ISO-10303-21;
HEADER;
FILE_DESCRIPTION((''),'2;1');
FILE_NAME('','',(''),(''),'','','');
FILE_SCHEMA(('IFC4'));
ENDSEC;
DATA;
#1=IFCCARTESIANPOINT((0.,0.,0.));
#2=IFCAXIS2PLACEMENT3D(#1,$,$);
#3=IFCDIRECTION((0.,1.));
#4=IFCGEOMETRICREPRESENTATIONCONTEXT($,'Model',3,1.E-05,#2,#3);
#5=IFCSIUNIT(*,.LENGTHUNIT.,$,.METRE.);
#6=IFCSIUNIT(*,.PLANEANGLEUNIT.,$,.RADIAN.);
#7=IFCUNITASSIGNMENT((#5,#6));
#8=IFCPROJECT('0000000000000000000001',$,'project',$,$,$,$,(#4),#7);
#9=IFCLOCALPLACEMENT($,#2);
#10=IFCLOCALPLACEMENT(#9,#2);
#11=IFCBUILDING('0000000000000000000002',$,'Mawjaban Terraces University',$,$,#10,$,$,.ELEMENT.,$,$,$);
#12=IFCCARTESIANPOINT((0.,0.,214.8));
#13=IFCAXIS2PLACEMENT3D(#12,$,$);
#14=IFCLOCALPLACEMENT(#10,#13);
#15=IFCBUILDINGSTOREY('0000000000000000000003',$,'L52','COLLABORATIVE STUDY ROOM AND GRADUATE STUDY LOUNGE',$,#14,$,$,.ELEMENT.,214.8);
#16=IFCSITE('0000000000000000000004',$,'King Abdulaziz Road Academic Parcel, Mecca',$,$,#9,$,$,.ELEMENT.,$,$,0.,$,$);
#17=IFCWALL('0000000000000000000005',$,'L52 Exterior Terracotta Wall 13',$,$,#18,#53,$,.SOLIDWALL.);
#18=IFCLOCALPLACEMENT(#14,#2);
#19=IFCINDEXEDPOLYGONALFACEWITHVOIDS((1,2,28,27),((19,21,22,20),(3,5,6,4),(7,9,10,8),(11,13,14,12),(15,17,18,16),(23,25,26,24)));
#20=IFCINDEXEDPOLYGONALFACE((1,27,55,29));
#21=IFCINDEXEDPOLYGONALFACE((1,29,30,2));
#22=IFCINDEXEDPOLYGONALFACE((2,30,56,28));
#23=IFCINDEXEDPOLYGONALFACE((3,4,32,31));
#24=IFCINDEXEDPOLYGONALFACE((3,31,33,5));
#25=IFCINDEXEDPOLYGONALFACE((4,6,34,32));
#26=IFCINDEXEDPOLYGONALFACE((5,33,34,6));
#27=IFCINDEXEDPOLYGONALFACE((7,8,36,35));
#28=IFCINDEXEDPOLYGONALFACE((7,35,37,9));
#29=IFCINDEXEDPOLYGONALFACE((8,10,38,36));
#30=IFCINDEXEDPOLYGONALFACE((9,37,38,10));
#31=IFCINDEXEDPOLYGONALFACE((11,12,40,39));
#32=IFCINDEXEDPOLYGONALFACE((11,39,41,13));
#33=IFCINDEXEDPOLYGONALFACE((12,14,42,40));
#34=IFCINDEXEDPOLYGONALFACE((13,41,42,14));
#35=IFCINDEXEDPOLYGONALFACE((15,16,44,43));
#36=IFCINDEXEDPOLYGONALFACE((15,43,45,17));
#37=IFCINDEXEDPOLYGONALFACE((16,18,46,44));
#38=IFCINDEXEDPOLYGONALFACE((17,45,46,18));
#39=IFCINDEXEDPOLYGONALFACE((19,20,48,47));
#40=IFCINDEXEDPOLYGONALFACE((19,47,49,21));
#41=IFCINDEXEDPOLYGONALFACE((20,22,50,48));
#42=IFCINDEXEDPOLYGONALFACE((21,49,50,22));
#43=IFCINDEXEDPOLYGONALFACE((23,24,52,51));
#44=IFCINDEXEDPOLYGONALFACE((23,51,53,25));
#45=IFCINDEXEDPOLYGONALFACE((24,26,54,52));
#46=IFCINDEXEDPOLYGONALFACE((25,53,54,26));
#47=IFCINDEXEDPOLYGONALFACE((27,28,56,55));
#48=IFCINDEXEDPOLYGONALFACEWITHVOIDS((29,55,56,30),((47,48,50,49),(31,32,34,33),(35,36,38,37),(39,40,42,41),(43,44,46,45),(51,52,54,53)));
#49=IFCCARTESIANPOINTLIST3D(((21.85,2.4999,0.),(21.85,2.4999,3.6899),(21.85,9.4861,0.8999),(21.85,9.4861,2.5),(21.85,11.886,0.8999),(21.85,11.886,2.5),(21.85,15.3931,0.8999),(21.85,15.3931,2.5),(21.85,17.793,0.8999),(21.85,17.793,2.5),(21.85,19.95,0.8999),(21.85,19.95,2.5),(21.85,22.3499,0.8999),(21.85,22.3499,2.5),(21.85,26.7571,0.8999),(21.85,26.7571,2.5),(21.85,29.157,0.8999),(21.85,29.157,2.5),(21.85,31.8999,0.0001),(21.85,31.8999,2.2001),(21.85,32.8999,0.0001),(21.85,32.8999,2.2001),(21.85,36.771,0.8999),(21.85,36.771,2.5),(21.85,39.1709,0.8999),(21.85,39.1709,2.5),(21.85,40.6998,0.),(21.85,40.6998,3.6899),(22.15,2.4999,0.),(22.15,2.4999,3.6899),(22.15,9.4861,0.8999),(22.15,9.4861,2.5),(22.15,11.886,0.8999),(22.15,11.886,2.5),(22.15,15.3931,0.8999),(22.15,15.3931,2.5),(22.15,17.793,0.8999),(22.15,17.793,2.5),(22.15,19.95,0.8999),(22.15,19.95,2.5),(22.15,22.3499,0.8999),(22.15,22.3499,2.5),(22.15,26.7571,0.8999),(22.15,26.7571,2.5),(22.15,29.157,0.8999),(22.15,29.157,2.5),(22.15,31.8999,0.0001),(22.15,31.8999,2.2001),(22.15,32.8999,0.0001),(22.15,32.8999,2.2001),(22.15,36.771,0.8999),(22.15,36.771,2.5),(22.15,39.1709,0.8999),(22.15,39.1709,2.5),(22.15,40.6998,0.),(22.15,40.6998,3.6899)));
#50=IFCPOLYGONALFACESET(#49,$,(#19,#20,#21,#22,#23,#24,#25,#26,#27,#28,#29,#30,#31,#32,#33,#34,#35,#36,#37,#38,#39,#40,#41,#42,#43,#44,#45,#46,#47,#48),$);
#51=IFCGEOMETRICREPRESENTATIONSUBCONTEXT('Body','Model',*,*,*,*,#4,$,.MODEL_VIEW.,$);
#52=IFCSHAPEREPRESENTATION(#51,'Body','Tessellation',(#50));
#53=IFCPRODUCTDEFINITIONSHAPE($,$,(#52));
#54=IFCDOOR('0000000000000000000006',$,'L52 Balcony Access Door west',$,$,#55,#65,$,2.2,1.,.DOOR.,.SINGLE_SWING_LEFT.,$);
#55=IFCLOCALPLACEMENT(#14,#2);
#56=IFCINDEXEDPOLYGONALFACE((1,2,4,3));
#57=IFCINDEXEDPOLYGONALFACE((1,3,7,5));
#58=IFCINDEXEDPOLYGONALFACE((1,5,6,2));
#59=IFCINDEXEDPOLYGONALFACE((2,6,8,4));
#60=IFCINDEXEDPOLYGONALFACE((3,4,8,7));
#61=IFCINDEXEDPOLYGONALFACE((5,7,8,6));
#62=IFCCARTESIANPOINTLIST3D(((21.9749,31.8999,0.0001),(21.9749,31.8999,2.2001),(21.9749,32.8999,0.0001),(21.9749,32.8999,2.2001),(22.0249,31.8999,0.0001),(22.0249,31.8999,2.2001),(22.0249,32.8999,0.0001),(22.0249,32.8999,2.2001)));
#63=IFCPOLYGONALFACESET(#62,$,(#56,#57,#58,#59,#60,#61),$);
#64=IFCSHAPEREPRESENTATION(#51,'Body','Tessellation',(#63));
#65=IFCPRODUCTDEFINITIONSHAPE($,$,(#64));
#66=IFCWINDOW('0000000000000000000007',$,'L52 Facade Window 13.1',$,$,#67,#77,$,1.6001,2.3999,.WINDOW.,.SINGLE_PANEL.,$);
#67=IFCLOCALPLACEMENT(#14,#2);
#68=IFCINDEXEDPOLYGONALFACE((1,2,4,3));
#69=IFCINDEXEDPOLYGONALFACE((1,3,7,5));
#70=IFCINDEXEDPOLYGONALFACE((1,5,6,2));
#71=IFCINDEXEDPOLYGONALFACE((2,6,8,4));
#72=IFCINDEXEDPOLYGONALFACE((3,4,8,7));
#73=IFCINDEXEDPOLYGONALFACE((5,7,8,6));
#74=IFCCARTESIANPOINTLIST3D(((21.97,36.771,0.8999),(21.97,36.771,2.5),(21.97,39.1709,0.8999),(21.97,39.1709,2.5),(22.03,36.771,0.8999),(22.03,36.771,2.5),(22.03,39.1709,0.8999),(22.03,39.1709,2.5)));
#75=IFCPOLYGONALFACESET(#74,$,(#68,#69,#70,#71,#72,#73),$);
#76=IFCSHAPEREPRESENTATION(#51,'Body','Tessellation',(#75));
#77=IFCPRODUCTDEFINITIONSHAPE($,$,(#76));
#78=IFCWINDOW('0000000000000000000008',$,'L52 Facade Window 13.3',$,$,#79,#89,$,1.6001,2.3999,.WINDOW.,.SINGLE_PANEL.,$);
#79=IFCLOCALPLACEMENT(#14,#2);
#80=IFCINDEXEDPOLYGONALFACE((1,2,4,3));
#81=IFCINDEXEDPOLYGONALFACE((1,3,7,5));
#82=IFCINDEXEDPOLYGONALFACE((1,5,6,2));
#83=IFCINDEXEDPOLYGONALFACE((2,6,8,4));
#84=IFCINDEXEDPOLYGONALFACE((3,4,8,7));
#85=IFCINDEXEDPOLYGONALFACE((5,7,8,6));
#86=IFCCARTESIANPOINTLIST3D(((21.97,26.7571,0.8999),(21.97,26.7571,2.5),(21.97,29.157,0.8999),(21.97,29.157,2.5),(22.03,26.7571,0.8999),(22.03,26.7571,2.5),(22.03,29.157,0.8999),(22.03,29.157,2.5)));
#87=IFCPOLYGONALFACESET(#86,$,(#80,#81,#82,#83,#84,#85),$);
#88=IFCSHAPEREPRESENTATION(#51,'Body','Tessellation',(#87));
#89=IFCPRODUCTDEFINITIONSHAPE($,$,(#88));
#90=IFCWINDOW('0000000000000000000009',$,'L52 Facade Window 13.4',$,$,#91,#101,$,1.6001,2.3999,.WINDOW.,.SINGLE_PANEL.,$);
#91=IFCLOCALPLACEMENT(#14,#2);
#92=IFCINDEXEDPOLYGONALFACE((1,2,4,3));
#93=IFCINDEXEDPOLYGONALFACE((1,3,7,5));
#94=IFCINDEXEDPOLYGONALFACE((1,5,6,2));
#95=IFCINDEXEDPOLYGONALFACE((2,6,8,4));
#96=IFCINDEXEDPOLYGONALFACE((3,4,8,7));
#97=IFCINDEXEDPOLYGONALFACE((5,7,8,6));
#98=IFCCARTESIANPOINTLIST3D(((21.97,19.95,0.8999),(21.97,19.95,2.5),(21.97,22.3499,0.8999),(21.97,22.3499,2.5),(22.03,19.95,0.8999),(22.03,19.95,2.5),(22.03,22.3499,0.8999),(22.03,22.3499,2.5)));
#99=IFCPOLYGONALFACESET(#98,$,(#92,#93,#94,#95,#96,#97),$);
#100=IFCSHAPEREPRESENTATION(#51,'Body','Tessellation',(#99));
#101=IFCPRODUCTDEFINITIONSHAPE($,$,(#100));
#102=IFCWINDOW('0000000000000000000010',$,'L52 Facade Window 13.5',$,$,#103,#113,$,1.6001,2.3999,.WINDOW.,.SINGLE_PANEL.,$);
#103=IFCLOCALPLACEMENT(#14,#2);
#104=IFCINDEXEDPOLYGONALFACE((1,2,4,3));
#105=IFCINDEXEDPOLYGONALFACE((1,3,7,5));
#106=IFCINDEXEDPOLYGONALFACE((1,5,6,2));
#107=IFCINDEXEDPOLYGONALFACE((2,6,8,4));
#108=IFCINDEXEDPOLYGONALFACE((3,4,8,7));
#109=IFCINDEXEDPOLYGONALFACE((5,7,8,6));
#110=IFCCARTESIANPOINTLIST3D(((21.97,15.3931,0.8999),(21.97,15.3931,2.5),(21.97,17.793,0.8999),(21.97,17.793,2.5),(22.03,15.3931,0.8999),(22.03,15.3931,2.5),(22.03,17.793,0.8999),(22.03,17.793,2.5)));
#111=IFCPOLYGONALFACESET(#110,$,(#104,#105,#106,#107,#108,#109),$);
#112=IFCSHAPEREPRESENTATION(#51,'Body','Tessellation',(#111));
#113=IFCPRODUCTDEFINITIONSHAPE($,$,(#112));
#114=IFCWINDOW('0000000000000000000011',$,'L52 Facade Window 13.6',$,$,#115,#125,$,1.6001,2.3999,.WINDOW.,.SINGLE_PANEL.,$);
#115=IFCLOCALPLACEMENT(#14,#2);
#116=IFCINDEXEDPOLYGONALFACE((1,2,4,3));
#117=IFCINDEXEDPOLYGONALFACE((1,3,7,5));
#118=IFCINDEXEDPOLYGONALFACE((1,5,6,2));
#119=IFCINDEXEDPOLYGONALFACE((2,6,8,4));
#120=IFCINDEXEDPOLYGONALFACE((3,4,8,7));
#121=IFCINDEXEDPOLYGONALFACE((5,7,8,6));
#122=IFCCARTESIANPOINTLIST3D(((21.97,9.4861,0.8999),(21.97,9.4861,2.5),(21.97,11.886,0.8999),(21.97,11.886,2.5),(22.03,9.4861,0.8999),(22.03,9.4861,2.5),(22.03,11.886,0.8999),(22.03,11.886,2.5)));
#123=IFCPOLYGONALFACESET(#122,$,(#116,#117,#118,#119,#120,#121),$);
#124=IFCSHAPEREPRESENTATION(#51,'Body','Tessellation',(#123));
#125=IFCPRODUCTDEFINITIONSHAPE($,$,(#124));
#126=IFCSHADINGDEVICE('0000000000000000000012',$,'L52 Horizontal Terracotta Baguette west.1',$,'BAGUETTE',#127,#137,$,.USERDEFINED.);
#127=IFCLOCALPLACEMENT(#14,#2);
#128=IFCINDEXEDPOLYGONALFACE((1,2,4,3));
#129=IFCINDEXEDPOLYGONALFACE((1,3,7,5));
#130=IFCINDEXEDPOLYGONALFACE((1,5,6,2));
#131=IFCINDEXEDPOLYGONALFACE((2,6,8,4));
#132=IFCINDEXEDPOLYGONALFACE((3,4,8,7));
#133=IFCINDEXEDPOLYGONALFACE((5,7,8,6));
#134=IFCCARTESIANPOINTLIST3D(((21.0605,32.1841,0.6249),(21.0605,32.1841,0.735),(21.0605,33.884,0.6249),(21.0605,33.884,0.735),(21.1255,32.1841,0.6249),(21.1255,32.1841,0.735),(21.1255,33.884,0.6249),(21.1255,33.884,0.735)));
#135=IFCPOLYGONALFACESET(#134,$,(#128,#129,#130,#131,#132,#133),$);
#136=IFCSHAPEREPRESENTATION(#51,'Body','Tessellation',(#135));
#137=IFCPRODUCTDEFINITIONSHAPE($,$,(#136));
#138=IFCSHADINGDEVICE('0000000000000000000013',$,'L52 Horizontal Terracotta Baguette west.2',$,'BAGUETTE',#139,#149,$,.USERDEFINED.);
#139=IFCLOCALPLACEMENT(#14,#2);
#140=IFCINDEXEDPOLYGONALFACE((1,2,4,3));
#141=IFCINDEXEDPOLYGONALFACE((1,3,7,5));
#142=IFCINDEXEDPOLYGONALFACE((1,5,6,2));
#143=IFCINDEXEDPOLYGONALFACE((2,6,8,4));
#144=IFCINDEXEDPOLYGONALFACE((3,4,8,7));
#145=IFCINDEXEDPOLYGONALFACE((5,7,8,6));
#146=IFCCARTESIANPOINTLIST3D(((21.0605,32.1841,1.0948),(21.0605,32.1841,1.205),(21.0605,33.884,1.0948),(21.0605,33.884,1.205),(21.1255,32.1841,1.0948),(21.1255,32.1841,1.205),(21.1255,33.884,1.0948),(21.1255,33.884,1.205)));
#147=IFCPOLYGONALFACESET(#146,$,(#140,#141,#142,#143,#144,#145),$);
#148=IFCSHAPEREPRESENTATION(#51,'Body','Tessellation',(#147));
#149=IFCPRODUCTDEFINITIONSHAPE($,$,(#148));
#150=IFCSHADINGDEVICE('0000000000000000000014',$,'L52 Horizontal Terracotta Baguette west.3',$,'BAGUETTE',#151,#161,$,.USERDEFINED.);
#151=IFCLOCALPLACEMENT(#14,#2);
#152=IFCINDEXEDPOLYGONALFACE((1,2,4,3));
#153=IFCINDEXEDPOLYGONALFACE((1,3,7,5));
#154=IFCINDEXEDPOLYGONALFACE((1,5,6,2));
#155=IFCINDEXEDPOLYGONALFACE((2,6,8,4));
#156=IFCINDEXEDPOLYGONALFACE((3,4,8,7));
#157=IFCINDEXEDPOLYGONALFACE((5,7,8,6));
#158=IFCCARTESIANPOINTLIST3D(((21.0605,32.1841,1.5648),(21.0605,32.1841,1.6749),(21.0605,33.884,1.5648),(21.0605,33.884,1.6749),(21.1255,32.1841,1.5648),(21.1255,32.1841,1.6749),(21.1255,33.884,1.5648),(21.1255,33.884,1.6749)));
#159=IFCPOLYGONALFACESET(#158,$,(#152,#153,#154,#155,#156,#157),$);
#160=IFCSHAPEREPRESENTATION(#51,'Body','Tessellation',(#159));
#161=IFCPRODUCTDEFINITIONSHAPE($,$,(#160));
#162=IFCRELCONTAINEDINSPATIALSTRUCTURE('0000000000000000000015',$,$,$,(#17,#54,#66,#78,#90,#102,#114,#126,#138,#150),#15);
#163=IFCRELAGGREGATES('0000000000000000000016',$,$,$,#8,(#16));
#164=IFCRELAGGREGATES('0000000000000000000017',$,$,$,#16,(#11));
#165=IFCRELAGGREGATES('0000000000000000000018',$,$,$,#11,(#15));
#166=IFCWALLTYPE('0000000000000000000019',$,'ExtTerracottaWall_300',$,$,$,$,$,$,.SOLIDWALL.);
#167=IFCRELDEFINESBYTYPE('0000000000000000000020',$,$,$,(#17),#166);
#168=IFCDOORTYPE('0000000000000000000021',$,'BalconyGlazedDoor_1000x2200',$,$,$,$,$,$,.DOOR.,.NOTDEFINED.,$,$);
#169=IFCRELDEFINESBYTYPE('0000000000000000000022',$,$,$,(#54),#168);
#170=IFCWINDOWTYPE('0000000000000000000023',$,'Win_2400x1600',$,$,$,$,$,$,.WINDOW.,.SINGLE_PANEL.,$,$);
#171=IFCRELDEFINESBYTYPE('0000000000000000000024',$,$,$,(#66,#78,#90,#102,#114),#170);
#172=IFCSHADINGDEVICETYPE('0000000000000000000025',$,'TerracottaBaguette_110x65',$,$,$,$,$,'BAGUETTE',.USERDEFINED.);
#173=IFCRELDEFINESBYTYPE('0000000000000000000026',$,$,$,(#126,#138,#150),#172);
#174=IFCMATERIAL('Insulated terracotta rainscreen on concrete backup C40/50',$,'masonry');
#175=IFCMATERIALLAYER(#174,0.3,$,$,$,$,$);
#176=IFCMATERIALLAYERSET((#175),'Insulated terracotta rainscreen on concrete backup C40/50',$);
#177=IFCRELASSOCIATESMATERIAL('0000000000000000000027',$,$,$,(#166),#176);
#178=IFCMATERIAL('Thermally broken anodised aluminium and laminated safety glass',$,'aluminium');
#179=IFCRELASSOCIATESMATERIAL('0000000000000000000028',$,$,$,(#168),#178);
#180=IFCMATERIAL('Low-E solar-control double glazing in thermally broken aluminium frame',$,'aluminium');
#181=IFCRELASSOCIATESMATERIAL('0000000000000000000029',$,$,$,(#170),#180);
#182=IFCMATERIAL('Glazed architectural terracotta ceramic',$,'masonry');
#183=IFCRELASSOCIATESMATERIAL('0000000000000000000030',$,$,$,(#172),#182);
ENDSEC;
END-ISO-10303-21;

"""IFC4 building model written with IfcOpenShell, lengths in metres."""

from ifc_helpers import new_model, si_unit, direction, frame, frame_2d, origin, origin_2d, place, context, subcontext, project, spatial, rectangle, extrude, material, layer, layer_set, material_profile, profile_set, type_object, element, fill, save


model = new_model("IFC4")

# Units and contexts
model_context = context("Model", 3, precision=1e-05, world=origin(), true_north=direction((0.0, 1.0)))
body_context = subcontext(model_context, "Body", "Model", "MODEL_VIEW")
ifc_project = project(units=[si_unit("LENGTHUNIT", "METRE"), si_unit("PLANEANGLEUNIT", "RADIAN")], contexts=[model_context])

# Site, building, storey
site_placement = place(None, origin())
site = spatial("IfcSite", under=ifc_project, at=site_placement, Name="King Abdulaziz Road Academic Parcel, Mecca", CompositionType="ELEMENT", RefElevation=0.0)
building_placement = place(site_placement, origin())
building = spatial("IfcBuilding", under=site, at=building_placement, Name="Mawjaban Terraces University", CompositionType="ELEMENT")
storey_placement = place(building_placement, frame((0.0, 0.0, 214.8)))
storey = spatial("IfcBuildingStorey", under=building, at=storey_placement, Name="L52", Description="COLLABORATIVE STUDY ROOM AND GRADUATE STUDY LOUNGE", CompositionType="ELEMENT", Elevation=214.8)

# Shared definitions
ifc_material_1 = material(Name="Insulated terracotta rainscreen on concrete backup C40/50", Category="masonry")
ifc_layer_1 = layer(ifc_material_1, 0.3)
ifc_layer_set_1 = layer_set([ifc_layer_1], Name="Insulated terracotta rainscreen on concrete backup C40/50")
wall_type_1 = type_object("IfcWallType", Name="ExtTerracottaWall_300", PredefinedType="SOLIDWALL", material=ifc_layer_set_1)

# Wall, openings, door, windows
wall_1_placement = place(storey_placement, frame((22.0, 40.7, 0.0), z_axis=(0.0, 0.0, 1.0), x_axis=(0.0, -1.0, 0.0)))
wall_1 = element("IfcWall", 1, at=wall_1_placement, inside=storey, type_object=wall_type_1, Name="L52 Exterior Terracotta Wall 13", PredefinedType="SOLIDWALL", context=body_context, shape_type="SweptSolid", body=[
    extrude(rectangle(XDim=38.2, YDim=0.3, at=frame_2d((19.1001, 0.0))), origin(), (0.0, 0.0, 1.0), 3.6899),
])
opening_1_placement = place(wall_1_placement, frame((7.8, 0.0, 0.0)))
opening_1 = element("IfcOpeningElement", 2, at=opening_1_placement, cuts=wall_1, PredefinedType="OPENING", context=body_context, shape_type="SweptSolid", body=[
    extrude(rectangle(XDim=1.0, YDim=2.2, at=frame_2d((0.5, 1.1001))), frame((0.0, 0.1599, 0.0), z_axis=(0.0, -1.0, 0.0), x_axis=(1.0, 0.0, 0.0)), (0.0, 0.0, 1.0), 0.3201),
])
opening_2_placement = place(wall_1_placement, frame((1.5291, 0.0, 0.8999)))
opening_2 = element("IfcOpeningElement", 3, at=opening_2_placement, cuts=wall_1, PredefinedType="OPENING", context=body_context, shape_type="SweptSolid", body=[
    extrude(rectangle(XDim=2.3999, YDim=1.6001, at=frame_2d((1.2, 0.8))), frame((0.0, 0.1599, 0.0), z_axis=(0.0, -1.0, 0.0), x_axis=(1.0, 0.0, 0.0)), (0.0, 0.0, 1.0), 0.3201),
])
opening_3_placement = place(wall_1_placement, frame((11.543, 0.0, 0.8999)))
opening_3 = element("IfcOpeningElement", 4, at=opening_3_placement, cuts=wall_1, PredefinedType="OPENING", context=body_context, shape_type="SweptSolid", body=[
    extrude(rectangle(XDim=2.3999, YDim=1.6001, at=frame_2d((1.2, 0.8))), frame((0.0, 0.1599, 0.0), z_axis=(0.0, -1.0, 0.0), x_axis=(1.0, 0.0, 0.0)), (0.0, 0.0, 1.0), 0.3201),
])
opening_4_placement = place(wall_1_placement, frame((18.3501, 0.0, 0.8999)))
opening_4 = element("IfcOpeningElement", 5, at=opening_4_placement, cuts=wall_1, PredefinedType="OPENING", context=body_context, shape_type="SweptSolid", body=[
    extrude(rectangle(XDim=2.3999, YDim=1.6001, at=frame_2d((1.2, 0.8))), frame((0.0, 0.1599, 0.0), z_axis=(0.0, -1.0, 0.0), x_axis=(1.0, 0.0, 0.0)), (0.0, 0.0, 1.0), 0.3201),
])
opening_5_placement = place(wall_1_placement, frame((22.907, 0.0, 0.8999)))
opening_5 = element("IfcOpeningElement", 6, at=opening_5_placement, cuts=wall_1, PredefinedType="OPENING", context=body_context, shape_type="SweptSolid", body=[
    extrude(rectangle(XDim=2.3999, YDim=1.6001, at=frame_2d((1.2, 0.8))), frame((0.0, 0.1599, 0.0), z_axis=(0.0, -1.0, 0.0), x_axis=(1.0, 0.0, 0.0)), (0.0, 0.0, 1.0), 0.3201),
])
opening_6_placement = place(wall_1_placement, frame((28.814, 0.0, 0.8999)))
opening_6 = element("IfcOpeningElement", 7, at=opening_6_placement, cuts=wall_1, PredefinedType="OPENING", context=body_context, shape_type="SweptSolid", body=[
    extrude(rectangle(XDim=2.3999, YDim=1.6001, at=frame_2d((1.2, 0.8))), frame((0.0, 0.1599, 0.0), z_axis=(0.0, -1.0, 0.0), x_axis=(1.0, 0.0, 0.0)), (0.0, 0.0, 1.0), 0.3201),
])
ifc_material_2 = material(Name="Thermally broken anodised aluminium and laminated safety glass", Category="aluminium")
door_type_1 = type_object("IfcDoorType", Name="BalconyGlazedDoor_1000x2200", OperationType="NOTDEFINED", PredefinedType="DOOR", material=ifc_material_2)
door_1_placement = place(opening_1_placement, origin())
door_1 = element("IfcDoor", 8, at=door_1_placement, inside=storey, type_object=door_type_1, Name="L52 Balcony Access Door west", OperationType="SINGLE_SWING_LEFT", OverallHeight=2.2, OverallWidth=1.0, PredefinedType="DOOR", context=body_context, shape_type="SweptSolid", body=[
    extrude(rectangle(XDim=1.0, YDim=2.2, at=frame_2d((0.5, 1.1001))), frame((0.0, 0.0249, 0.0), z_axis=(0.0, -1.0, 0.0), x_axis=(1.0, 0.0, 0.0)), (0.0, 0.0, 1.0), 0.05),
])
fill(opening_1, door_1)
ifc_material_3 = material(Name="Low-E solar-control double glazing in thermally broken aluminium frame", Category="aluminium")
window_type = type_object("IfcWindowType", Name="Win_2400x1600", PartitioningType="SINGLE_PANEL", PredefinedType="WINDOW", material=ifc_material_3)
window_1_placement = place(opening_2_placement, origin())
window_1 = element("IfcWindow", 9, at=window_1_placement, inside=storey, type_object=window_type, Name="L52 Facade Window 13.1", OverallHeight=1.6001, OverallWidth=2.3999, PartitioningType="SINGLE_PANEL", PredefinedType="WINDOW", context=body_context, shape_type="SweptSolid", body=[
    extrude(rectangle(XDim=2.3999, YDim=1.6001, at=frame_2d((1.2, 0.8))), frame((0.0, 0.03, 0.0), z_axis=(0.0, -1.0, 0.0), x_axis=(1.0, 0.0, 0.0)), (0.0, 0.0, 1.0), 0.0601),
])
fill(opening_2, window_1)
window_2_placement = place(opening_3_placement, origin())
window_2 = element("IfcWindow", 10, at=window_2_placement, inside=storey, type_object=window_type, Name="L52 Facade Window 13.3", OverallHeight=1.6001, OverallWidth=2.3999, PartitioningType="SINGLE_PANEL", PredefinedType="WINDOW", context=body_context, shape_type="SweptSolid", body=[
    extrude(rectangle(XDim=2.3999, YDim=1.6001, at=frame_2d((1.2, 0.8))), frame((0.0, 0.03, 0.0), z_axis=(0.0, -1.0, 0.0), x_axis=(1.0, 0.0, 0.0)), (0.0, 0.0, 1.0), 0.0601),
])
fill(opening_3, window_2)
window_3_placement = place(opening_4_placement, origin())
window_3 = element("IfcWindow", 11, at=window_3_placement, inside=storey, type_object=window_type, Name="L52 Facade Window 13.4", OverallHeight=1.6001, OverallWidth=2.3999, PartitioningType="SINGLE_PANEL", PredefinedType="WINDOW", context=body_context, shape_type="SweptSolid", body=[
    extrude(rectangle(XDim=2.3999, YDim=1.6001, at=frame_2d((1.2, 0.8))), frame((0.0, 0.03, 0.0), z_axis=(0.0, -1.0, 0.0), x_axis=(1.0, 0.0, 0.0)), (0.0, 0.0, 1.0), 0.0601),
])
fill(opening_4, window_3)
window_4_placement = place(opening_5_placement, origin())
window_4 = element("IfcWindow", 12, at=window_4_placement, inside=storey, type_object=window_type, Name="L52 Facade Window 13.5", OverallHeight=1.6001, OverallWidth=2.3999, PartitioningType="SINGLE_PANEL", PredefinedType="WINDOW", context=body_context, shape_type="SweptSolid", body=[
    extrude(rectangle(XDim=2.3999, YDim=1.6001, at=frame_2d((1.2, 0.8))), frame((0.0, 0.03, 0.0), z_axis=(0.0, -1.0, 0.0), x_axis=(1.0, 0.0, 0.0)), (0.0, 0.0, 1.0), 0.0601),
])
fill(opening_5, window_4)
window_5_placement = place(opening_6_placement, origin())
window_5 = element("IfcWindow", 13, at=window_5_placement, inside=storey, type_object=window_type, Name="L52 Facade Window 13.6", OverallHeight=1.6001, OverallWidth=2.3999, PartitioningType="SINGLE_PANEL", PredefinedType="WINDOW", context=body_context, shape_type="SweptSolid", body=[
    extrude(rectangle(XDim=2.3999, YDim=1.6001, at=frame_2d((1.2, 0.8))), frame((0.0, 0.03, 0.0), z_axis=(0.0, -1.0, 0.0), x_axis=(1.0, 0.0, 0.0)), (0.0, 0.0, 1.0), 0.0601),
])
fill(opening_6, window_5)

# Shading devices
ifc_material_4 = material(Name="Glazed architectural terracotta ceramic", Category="masonry")
ifc_material_profile_1 = material_profile(ifc_material_4, rectangle(XDim=0.0649, YDim=0.1101, at=origin_2d()), Name="TBAG110X65")
ifc_profile_set_1 = profile_set([ifc_material_profile_1], Name="Glazed architectural terracotta ceramic")
shading_device_type_1 = type_object("IfcShadingDeviceType", Name="TerracottaBaguette_110x65", ElementType="BAGUETTE", PredefinedType="USERDEFINED", material=ifc_profile_set_1)
for number, where, z_axis, x_axis, name in (
    (14, (21.093, 32.1841, 0.6799), (0.0, 1.0, 0.0), (-1.0, 0.0, 0.0), "L52 Horizontal Terracotta Baguette west.1"),
    (15, (21.093, 32.1841, 1.1499), (0.0, 1.0, 0.0), (-1.0, 0.0, 0.0), "L52 Horizontal Terracotta Baguette west.2"),
    (16, (21.093, 32.1841, 1.6199), (0.0, 1.0, 0.0), (-1.0, 0.0, 0.0), "L52 Horizontal Terracotta Baguette west.3"),
):
    element("IfcShadingDevice", number, at=place(storey_placement, frame(where, z_axis=z_axis, x_axis=x_axis)), inside=storey, type_object=shading_device_type_1, Name=name, ObjectType="BAGUETTE", PredefinedType="USERDEFINED", context=body_context, shape_type="SweptSolid", body=[
        extrude(rectangle(XDim=0.0649, YDim=0.1101, at=origin_2d()), origin(), (0.0, 0.0, 1.0), 1.7),
    ])

save(model, "model.ifc")
